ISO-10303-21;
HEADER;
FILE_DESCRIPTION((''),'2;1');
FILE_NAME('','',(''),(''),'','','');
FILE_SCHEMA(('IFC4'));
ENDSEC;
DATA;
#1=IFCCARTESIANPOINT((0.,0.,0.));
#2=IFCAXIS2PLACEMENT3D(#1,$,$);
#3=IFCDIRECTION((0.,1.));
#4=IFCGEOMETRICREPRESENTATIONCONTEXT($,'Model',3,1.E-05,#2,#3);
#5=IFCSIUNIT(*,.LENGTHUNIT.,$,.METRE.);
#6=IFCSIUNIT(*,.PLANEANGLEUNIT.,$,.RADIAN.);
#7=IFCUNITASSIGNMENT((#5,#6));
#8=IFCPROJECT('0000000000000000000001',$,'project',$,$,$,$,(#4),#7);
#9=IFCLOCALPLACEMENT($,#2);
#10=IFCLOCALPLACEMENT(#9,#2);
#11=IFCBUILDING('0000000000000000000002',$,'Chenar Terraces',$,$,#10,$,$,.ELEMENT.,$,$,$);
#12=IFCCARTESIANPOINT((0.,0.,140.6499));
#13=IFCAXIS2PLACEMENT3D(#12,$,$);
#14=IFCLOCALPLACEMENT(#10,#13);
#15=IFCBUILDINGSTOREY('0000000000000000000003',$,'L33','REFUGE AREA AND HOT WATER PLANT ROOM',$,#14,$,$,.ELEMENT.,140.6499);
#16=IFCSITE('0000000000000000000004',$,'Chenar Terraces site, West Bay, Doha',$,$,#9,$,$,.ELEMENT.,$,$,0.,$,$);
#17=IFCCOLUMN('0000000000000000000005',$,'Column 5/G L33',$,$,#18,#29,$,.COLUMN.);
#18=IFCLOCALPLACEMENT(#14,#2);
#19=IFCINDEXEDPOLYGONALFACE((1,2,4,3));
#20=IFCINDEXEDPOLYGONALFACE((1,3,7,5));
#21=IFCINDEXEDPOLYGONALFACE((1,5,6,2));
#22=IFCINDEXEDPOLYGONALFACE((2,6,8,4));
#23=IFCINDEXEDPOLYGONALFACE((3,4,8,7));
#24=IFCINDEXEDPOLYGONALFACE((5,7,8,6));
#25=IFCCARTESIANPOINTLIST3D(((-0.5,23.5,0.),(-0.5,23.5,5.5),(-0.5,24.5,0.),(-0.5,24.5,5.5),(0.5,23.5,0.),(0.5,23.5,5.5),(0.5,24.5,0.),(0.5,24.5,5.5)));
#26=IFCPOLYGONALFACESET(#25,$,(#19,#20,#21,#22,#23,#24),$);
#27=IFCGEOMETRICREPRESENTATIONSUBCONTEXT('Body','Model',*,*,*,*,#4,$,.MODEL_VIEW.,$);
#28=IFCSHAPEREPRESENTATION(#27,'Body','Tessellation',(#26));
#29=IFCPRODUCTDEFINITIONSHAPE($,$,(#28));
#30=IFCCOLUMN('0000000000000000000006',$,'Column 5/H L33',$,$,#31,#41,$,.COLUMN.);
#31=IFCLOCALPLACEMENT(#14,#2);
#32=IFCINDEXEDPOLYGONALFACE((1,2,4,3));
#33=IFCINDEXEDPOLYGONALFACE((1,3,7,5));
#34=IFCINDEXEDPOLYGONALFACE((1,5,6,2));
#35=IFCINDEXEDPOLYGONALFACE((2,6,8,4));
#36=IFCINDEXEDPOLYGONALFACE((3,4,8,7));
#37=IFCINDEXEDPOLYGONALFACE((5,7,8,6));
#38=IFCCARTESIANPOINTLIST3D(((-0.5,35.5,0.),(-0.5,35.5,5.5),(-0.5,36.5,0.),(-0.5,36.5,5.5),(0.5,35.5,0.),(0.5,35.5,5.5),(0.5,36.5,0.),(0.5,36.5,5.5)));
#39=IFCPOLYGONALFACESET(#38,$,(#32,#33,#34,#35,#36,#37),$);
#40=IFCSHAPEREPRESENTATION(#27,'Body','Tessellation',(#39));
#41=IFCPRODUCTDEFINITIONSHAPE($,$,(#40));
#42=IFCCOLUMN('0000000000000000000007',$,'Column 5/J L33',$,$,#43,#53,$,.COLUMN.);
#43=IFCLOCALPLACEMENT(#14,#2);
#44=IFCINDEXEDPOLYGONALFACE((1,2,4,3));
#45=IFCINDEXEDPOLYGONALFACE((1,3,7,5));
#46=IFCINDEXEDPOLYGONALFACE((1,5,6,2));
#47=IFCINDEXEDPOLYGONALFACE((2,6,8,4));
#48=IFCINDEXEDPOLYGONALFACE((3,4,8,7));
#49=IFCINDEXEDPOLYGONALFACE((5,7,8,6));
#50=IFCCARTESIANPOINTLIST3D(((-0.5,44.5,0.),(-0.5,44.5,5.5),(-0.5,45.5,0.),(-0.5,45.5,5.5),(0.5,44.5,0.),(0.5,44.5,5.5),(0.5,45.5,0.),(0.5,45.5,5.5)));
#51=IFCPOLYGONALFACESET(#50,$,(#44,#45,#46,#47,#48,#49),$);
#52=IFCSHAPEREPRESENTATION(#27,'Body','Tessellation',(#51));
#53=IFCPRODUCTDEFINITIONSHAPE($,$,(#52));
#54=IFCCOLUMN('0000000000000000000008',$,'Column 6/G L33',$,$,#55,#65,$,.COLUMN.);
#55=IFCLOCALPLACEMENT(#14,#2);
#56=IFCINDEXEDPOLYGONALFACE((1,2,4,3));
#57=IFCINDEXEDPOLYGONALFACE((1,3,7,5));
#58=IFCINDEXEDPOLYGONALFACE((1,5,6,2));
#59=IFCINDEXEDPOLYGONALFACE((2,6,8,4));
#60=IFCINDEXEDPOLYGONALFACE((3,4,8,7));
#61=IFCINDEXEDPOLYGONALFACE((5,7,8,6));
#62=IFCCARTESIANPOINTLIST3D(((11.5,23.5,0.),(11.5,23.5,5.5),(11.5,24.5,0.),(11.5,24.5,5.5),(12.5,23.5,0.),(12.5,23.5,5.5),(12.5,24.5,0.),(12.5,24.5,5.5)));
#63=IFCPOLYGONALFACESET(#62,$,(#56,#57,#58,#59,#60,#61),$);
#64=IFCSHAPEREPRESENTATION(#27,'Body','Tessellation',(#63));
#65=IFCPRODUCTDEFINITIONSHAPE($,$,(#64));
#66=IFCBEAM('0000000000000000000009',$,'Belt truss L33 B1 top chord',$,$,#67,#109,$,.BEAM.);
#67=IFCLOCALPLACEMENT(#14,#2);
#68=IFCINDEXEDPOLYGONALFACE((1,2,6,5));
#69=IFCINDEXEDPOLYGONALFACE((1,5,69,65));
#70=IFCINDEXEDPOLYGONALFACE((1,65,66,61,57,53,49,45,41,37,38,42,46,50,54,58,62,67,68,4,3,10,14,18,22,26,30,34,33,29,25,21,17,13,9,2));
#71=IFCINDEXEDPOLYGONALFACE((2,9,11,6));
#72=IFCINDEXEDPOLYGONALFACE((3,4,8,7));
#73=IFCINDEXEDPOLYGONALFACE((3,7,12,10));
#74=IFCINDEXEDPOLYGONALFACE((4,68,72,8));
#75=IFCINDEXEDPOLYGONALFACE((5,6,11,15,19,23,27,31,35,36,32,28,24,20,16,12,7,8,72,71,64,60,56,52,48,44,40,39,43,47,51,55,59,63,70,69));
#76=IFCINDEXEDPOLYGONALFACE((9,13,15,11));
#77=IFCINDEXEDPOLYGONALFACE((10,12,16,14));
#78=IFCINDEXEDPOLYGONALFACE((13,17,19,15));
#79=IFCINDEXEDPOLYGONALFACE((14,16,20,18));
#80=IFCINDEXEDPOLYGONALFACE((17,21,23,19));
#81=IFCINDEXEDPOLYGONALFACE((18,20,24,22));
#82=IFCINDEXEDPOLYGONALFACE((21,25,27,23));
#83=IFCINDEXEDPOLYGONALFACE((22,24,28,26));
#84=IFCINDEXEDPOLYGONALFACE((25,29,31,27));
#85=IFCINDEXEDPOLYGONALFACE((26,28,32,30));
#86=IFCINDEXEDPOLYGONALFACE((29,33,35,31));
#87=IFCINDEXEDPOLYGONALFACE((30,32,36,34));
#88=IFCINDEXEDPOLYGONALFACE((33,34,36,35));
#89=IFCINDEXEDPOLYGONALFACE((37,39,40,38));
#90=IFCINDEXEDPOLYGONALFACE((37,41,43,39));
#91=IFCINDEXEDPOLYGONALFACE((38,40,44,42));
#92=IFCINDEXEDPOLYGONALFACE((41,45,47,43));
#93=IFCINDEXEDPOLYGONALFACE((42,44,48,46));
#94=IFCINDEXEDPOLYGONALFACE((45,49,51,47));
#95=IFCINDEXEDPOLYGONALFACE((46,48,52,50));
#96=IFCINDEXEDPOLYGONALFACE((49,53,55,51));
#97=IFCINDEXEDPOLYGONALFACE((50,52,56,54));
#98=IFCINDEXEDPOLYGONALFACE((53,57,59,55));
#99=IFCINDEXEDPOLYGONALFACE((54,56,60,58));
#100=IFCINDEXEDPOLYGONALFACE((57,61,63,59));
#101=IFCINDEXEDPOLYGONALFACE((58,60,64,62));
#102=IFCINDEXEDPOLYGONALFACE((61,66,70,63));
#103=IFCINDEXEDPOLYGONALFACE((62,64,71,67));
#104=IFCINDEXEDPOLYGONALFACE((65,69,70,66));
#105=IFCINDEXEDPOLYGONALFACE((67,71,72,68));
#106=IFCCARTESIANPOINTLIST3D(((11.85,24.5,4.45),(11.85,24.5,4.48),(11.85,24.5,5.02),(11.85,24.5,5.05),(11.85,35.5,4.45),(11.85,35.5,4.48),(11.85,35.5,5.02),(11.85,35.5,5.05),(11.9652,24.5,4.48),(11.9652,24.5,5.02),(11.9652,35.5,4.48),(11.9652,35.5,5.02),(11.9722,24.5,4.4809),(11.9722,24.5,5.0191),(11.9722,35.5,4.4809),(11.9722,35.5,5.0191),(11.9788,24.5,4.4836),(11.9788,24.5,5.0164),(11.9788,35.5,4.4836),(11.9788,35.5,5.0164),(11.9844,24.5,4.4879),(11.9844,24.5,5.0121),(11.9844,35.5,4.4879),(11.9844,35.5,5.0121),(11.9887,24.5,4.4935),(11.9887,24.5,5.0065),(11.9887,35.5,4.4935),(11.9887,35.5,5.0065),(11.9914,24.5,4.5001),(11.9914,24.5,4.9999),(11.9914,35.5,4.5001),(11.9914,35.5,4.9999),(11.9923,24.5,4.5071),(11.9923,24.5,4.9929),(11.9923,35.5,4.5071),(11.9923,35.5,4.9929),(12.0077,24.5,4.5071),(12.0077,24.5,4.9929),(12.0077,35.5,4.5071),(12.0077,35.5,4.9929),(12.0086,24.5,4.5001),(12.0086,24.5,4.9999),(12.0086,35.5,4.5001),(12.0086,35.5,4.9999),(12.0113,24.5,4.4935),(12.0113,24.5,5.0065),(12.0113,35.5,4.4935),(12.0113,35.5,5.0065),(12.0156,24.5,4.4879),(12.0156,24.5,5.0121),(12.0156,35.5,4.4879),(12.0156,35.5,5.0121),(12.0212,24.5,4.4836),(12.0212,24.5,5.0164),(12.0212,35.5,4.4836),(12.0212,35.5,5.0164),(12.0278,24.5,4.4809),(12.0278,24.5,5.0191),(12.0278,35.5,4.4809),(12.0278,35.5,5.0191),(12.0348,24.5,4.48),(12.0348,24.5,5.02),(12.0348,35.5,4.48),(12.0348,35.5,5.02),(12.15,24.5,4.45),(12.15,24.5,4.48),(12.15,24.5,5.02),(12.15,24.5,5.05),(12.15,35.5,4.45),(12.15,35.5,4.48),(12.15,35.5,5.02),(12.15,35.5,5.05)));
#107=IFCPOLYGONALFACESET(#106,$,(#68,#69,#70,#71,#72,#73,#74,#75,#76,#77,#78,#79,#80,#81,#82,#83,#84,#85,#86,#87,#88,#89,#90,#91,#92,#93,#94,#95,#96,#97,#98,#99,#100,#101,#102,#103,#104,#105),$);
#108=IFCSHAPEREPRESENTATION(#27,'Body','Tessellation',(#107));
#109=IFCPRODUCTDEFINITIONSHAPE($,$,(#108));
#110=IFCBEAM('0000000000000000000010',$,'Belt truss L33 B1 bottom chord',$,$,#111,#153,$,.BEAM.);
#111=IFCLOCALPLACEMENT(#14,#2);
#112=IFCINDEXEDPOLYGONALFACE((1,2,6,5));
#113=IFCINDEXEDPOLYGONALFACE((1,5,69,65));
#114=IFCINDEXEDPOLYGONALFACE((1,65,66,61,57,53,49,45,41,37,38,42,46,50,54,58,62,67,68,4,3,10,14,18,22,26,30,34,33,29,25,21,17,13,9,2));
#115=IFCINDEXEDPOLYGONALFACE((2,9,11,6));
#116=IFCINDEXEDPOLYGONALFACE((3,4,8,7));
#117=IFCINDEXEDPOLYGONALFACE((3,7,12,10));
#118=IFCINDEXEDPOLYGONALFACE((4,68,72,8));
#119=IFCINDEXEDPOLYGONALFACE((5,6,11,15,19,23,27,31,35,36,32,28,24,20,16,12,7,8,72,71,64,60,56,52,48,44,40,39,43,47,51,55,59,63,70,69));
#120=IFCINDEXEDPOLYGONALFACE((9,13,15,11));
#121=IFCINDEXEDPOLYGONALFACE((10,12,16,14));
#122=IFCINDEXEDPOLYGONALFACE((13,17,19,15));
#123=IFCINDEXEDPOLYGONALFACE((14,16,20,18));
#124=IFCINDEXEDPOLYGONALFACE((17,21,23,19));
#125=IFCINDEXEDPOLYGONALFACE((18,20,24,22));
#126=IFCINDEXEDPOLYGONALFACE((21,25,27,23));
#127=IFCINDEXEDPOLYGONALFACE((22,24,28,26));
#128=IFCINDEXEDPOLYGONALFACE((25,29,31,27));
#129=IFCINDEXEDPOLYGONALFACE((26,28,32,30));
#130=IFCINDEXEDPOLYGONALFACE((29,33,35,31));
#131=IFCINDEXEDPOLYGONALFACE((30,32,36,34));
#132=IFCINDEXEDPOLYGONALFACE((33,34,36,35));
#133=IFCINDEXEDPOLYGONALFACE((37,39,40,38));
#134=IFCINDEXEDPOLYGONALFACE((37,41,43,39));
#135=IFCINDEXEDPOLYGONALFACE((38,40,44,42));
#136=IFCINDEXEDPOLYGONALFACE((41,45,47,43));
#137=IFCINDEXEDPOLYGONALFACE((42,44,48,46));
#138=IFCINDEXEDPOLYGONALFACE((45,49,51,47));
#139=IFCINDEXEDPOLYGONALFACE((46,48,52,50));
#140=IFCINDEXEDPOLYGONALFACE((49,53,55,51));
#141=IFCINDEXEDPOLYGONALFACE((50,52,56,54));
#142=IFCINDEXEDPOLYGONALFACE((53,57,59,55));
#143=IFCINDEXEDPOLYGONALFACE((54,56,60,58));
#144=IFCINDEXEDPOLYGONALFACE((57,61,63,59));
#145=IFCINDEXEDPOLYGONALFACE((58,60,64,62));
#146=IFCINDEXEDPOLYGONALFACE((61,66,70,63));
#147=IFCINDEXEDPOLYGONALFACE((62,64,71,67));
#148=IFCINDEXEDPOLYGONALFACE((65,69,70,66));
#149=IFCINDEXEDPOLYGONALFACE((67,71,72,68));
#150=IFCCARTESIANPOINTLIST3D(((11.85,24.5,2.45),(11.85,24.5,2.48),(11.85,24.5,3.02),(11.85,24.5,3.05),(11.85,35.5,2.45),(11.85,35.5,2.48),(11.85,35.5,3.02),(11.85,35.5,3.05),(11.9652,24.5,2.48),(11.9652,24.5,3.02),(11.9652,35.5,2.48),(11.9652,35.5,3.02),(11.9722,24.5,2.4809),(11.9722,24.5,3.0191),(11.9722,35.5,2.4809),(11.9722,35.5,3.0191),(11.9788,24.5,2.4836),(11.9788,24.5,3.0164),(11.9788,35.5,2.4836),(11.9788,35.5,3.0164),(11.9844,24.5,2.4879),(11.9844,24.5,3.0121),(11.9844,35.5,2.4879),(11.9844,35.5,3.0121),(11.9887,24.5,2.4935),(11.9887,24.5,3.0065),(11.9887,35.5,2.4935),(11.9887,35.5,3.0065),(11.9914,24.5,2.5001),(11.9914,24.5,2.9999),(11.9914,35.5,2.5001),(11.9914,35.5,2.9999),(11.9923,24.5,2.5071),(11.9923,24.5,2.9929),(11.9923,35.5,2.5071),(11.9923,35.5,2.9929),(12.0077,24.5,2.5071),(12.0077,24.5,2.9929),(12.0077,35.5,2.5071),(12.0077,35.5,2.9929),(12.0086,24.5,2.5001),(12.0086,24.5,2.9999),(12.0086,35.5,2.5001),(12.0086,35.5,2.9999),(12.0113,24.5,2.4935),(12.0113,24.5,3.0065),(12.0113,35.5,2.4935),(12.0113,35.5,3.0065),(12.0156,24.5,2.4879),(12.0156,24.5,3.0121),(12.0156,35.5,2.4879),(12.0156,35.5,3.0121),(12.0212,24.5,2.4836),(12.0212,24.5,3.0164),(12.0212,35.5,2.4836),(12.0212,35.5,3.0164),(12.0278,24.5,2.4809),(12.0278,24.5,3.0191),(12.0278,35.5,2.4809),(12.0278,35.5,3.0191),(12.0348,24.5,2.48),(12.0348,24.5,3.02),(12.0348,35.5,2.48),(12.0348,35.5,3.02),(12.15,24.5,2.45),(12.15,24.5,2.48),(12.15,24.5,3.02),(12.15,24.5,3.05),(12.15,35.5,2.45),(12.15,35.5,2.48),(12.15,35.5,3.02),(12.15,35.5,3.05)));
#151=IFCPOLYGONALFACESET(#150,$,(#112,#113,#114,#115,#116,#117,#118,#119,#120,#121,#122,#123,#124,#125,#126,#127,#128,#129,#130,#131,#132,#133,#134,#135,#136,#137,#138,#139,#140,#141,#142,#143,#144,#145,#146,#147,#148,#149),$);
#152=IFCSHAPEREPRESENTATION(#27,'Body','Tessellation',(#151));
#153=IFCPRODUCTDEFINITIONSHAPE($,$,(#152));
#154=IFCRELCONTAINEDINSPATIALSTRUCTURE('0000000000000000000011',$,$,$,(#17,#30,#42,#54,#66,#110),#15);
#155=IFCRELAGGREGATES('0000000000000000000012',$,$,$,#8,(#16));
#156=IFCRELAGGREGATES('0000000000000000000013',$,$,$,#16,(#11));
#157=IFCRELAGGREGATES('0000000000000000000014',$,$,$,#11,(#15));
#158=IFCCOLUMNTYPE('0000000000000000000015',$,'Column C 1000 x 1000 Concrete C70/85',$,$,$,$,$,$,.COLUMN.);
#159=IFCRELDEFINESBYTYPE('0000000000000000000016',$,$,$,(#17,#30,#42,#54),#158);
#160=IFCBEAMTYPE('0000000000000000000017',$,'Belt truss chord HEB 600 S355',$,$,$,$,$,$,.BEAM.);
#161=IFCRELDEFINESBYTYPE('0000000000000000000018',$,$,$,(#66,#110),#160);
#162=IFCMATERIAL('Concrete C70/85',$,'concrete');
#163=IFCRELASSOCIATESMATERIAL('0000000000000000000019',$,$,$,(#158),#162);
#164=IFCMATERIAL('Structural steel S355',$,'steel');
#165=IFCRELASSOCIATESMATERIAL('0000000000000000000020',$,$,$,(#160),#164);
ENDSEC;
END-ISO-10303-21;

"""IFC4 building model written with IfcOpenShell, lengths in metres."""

from ifc_helpers import new_model, si_unit, direction, frame, origin, origin_2d, place, context, subcontext, project, spatial, rectangle, i_section, extrude, material, material_profile, profile_set, type_object, element, save


model = new_model("IFC4")

# Units and contexts
model_context = context("Model", 3, precision=1e-05, world=origin(), true_north=direction((0.0, 1.0)))
body_context = subcontext(model_context, "Body", "Model", "MODEL_VIEW")
ifc_project = project(units=[si_unit("LENGTHUNIT", "METRE"), si_unit("PLANEANGLEUNIT", "RADIAN")], contexts=[model_context])

# Site, building, storey
site_placement = place(None, origin())
site = spatial("IfcSite", under=ifc_project, at=site_placement, Name="Chenar Terraces site, West Bay, Doha", CompositionType="ELEMENT", RefElevation=0.0)
building_placement = place(site_placement, origin())
building = spatial("IfcBuilding", under=site, at=building_placement, Name="Chenar Terraces", CompositionType="ELEMENT")
storey_placement = place(building_placement, frame((0.0, 0.0, 140.6499)))
storey = spatial("IfcBuildingStorey", under=building, at=storey_placement, Name="L33", Description="REFUGE AREA AND HOT WATER PLANT ROOM", CompositionType="ELEMENT", Elevation=140.6499)

# Columns
ifc_material_1 = material(Name="Concrete C70/85", Category="concrete")
ifc_material_profile_1 = material_profile(ifc_material_1, rectangle(XDim=1.0, YDim=1.0, at=origin_2d()), Name="C 1000 x 1000")
ifc_profile_set_1 = profile_set([ifc_material_profile_1], Name="Concrete C70/85")
column_type = type_object("IfcColumnType", Name="Column C 1000 x 1000 Concrete C70/85", PredefinedType="COLUMN", material=ifc_profile_set_1)
for number, where, z_axis, x_axis, name in (
    (1, (0.0, 24.0, 0.0), (0.0, 0.0, 1.0), (1.0, 0.0, 0.0), "Column 5/G L33"),
    (2, (0.0, 36.0, 0.0), (0.0, 0.0, 1.0), (1.0, 0.0, 0.0), "Column 5/H L33"),
):
    element("IfcColumn", number, at=place(storey_placement, frame(where, z_axis=z_axis, x_axis=x_axis)), inside=storey, type_object=column_type, Name=name, PredefinedType="COLUMN", context=body_context, shape_type="SweptSolid", body=[
        extrude(rectangle(XDim=1.0, YDim=1.0, at=origin_2d()), origin(), (0.0, 0.0, 1.0), 5.5),
    ])
placement = place(storey_placement, frame((0.0, 45.0, 0.0), z_axis=(0.0, 0.0, 1.0), x_axis=(1.0, 0.0, 0.0)))
element("IfcColumn", 3, at=placement, inside=storey, type_object=column_type, Name="Column 5/J L33", PredefinedType="COLUMN", context=body_context, shape_type="SweptSolid", body=[
    extrude(rectangle(XDim=1.0, YDim=1.0, at=origin_2d()), origin(), (0.0, 0.0, 1.0), 5.5),
])
column_1_placement = place(storey_placement, frame((12.0, 24.0, 0.0), z_axis=(0.0, 0.0, 1.0), x_axis=(1.0, 0.0, 0.0)))
element("IfcColumn", 4, at=column_1_placement, inside=storey, type_object=column_type, Name="Column 6/G L33", PredefinedType="COLUMN", context=body_context, shape_type="SweptSolid", body=[
    extrude(rectangle(XDim=1.0, YDim=1.0, at=origin_2d()), origin(), (0.0, 0.0, 1.0), 5.5),
])

# Beams
ifc_material_2 = material(Name="Structural steel S355", Category="steel")
ifc_material_profile_2 = material_profile(ifc_material_2, i_section(OverallWidth=0.3, OverallDepth=0.6001, WebThickness=0.0154, FlangeThickness=0.03, FilletRadius=0.0271, at=origin_2d()), Name="HEB 600")
ifc_profile_set_2 = profile_set([ifc_material_profile_2], Name="Structural steel S355")
beam_type = type_object("IfcBeamType", Name="Belt truss chord HEB 600 S355", PredefinedType="BEAM", material=ifc_profile_set_2)
for number, where, z_axis, x_axis, name in (
    (5, (12.0, 24.5, 4.75), (0.0, 1.0, 0.0), (-1.0, 0.0, 0.0), "Belt truss L33 B1 top chord"),
    (6, (12.0, 24.5, 2.75), (0.0, 1.0, 0.0), (-1.0, 0.0, 0.0), "Belt truss L33 B1 bottom chord"),
):
    element("IfcBeam", number, at=place(storey_placement, frame(where, z_axis=z_axis, x_axis=x_axis)), inside=storey, type_object=beam_type, Name=name, PredefinedType="BEAM", context=body_context, shape_type="SweptSolid", body=[
        extrude(i_section(OverallWidth=0.3, OverallDepth=0.6001, WebThickness=0.0154, FlangeThickness=0.03, FilletRadius=0.0271, at=origin_2d()), origin(), (0.0, 0.0, 1.0), 11.0),
    ])

save(model, "model.ifc")
